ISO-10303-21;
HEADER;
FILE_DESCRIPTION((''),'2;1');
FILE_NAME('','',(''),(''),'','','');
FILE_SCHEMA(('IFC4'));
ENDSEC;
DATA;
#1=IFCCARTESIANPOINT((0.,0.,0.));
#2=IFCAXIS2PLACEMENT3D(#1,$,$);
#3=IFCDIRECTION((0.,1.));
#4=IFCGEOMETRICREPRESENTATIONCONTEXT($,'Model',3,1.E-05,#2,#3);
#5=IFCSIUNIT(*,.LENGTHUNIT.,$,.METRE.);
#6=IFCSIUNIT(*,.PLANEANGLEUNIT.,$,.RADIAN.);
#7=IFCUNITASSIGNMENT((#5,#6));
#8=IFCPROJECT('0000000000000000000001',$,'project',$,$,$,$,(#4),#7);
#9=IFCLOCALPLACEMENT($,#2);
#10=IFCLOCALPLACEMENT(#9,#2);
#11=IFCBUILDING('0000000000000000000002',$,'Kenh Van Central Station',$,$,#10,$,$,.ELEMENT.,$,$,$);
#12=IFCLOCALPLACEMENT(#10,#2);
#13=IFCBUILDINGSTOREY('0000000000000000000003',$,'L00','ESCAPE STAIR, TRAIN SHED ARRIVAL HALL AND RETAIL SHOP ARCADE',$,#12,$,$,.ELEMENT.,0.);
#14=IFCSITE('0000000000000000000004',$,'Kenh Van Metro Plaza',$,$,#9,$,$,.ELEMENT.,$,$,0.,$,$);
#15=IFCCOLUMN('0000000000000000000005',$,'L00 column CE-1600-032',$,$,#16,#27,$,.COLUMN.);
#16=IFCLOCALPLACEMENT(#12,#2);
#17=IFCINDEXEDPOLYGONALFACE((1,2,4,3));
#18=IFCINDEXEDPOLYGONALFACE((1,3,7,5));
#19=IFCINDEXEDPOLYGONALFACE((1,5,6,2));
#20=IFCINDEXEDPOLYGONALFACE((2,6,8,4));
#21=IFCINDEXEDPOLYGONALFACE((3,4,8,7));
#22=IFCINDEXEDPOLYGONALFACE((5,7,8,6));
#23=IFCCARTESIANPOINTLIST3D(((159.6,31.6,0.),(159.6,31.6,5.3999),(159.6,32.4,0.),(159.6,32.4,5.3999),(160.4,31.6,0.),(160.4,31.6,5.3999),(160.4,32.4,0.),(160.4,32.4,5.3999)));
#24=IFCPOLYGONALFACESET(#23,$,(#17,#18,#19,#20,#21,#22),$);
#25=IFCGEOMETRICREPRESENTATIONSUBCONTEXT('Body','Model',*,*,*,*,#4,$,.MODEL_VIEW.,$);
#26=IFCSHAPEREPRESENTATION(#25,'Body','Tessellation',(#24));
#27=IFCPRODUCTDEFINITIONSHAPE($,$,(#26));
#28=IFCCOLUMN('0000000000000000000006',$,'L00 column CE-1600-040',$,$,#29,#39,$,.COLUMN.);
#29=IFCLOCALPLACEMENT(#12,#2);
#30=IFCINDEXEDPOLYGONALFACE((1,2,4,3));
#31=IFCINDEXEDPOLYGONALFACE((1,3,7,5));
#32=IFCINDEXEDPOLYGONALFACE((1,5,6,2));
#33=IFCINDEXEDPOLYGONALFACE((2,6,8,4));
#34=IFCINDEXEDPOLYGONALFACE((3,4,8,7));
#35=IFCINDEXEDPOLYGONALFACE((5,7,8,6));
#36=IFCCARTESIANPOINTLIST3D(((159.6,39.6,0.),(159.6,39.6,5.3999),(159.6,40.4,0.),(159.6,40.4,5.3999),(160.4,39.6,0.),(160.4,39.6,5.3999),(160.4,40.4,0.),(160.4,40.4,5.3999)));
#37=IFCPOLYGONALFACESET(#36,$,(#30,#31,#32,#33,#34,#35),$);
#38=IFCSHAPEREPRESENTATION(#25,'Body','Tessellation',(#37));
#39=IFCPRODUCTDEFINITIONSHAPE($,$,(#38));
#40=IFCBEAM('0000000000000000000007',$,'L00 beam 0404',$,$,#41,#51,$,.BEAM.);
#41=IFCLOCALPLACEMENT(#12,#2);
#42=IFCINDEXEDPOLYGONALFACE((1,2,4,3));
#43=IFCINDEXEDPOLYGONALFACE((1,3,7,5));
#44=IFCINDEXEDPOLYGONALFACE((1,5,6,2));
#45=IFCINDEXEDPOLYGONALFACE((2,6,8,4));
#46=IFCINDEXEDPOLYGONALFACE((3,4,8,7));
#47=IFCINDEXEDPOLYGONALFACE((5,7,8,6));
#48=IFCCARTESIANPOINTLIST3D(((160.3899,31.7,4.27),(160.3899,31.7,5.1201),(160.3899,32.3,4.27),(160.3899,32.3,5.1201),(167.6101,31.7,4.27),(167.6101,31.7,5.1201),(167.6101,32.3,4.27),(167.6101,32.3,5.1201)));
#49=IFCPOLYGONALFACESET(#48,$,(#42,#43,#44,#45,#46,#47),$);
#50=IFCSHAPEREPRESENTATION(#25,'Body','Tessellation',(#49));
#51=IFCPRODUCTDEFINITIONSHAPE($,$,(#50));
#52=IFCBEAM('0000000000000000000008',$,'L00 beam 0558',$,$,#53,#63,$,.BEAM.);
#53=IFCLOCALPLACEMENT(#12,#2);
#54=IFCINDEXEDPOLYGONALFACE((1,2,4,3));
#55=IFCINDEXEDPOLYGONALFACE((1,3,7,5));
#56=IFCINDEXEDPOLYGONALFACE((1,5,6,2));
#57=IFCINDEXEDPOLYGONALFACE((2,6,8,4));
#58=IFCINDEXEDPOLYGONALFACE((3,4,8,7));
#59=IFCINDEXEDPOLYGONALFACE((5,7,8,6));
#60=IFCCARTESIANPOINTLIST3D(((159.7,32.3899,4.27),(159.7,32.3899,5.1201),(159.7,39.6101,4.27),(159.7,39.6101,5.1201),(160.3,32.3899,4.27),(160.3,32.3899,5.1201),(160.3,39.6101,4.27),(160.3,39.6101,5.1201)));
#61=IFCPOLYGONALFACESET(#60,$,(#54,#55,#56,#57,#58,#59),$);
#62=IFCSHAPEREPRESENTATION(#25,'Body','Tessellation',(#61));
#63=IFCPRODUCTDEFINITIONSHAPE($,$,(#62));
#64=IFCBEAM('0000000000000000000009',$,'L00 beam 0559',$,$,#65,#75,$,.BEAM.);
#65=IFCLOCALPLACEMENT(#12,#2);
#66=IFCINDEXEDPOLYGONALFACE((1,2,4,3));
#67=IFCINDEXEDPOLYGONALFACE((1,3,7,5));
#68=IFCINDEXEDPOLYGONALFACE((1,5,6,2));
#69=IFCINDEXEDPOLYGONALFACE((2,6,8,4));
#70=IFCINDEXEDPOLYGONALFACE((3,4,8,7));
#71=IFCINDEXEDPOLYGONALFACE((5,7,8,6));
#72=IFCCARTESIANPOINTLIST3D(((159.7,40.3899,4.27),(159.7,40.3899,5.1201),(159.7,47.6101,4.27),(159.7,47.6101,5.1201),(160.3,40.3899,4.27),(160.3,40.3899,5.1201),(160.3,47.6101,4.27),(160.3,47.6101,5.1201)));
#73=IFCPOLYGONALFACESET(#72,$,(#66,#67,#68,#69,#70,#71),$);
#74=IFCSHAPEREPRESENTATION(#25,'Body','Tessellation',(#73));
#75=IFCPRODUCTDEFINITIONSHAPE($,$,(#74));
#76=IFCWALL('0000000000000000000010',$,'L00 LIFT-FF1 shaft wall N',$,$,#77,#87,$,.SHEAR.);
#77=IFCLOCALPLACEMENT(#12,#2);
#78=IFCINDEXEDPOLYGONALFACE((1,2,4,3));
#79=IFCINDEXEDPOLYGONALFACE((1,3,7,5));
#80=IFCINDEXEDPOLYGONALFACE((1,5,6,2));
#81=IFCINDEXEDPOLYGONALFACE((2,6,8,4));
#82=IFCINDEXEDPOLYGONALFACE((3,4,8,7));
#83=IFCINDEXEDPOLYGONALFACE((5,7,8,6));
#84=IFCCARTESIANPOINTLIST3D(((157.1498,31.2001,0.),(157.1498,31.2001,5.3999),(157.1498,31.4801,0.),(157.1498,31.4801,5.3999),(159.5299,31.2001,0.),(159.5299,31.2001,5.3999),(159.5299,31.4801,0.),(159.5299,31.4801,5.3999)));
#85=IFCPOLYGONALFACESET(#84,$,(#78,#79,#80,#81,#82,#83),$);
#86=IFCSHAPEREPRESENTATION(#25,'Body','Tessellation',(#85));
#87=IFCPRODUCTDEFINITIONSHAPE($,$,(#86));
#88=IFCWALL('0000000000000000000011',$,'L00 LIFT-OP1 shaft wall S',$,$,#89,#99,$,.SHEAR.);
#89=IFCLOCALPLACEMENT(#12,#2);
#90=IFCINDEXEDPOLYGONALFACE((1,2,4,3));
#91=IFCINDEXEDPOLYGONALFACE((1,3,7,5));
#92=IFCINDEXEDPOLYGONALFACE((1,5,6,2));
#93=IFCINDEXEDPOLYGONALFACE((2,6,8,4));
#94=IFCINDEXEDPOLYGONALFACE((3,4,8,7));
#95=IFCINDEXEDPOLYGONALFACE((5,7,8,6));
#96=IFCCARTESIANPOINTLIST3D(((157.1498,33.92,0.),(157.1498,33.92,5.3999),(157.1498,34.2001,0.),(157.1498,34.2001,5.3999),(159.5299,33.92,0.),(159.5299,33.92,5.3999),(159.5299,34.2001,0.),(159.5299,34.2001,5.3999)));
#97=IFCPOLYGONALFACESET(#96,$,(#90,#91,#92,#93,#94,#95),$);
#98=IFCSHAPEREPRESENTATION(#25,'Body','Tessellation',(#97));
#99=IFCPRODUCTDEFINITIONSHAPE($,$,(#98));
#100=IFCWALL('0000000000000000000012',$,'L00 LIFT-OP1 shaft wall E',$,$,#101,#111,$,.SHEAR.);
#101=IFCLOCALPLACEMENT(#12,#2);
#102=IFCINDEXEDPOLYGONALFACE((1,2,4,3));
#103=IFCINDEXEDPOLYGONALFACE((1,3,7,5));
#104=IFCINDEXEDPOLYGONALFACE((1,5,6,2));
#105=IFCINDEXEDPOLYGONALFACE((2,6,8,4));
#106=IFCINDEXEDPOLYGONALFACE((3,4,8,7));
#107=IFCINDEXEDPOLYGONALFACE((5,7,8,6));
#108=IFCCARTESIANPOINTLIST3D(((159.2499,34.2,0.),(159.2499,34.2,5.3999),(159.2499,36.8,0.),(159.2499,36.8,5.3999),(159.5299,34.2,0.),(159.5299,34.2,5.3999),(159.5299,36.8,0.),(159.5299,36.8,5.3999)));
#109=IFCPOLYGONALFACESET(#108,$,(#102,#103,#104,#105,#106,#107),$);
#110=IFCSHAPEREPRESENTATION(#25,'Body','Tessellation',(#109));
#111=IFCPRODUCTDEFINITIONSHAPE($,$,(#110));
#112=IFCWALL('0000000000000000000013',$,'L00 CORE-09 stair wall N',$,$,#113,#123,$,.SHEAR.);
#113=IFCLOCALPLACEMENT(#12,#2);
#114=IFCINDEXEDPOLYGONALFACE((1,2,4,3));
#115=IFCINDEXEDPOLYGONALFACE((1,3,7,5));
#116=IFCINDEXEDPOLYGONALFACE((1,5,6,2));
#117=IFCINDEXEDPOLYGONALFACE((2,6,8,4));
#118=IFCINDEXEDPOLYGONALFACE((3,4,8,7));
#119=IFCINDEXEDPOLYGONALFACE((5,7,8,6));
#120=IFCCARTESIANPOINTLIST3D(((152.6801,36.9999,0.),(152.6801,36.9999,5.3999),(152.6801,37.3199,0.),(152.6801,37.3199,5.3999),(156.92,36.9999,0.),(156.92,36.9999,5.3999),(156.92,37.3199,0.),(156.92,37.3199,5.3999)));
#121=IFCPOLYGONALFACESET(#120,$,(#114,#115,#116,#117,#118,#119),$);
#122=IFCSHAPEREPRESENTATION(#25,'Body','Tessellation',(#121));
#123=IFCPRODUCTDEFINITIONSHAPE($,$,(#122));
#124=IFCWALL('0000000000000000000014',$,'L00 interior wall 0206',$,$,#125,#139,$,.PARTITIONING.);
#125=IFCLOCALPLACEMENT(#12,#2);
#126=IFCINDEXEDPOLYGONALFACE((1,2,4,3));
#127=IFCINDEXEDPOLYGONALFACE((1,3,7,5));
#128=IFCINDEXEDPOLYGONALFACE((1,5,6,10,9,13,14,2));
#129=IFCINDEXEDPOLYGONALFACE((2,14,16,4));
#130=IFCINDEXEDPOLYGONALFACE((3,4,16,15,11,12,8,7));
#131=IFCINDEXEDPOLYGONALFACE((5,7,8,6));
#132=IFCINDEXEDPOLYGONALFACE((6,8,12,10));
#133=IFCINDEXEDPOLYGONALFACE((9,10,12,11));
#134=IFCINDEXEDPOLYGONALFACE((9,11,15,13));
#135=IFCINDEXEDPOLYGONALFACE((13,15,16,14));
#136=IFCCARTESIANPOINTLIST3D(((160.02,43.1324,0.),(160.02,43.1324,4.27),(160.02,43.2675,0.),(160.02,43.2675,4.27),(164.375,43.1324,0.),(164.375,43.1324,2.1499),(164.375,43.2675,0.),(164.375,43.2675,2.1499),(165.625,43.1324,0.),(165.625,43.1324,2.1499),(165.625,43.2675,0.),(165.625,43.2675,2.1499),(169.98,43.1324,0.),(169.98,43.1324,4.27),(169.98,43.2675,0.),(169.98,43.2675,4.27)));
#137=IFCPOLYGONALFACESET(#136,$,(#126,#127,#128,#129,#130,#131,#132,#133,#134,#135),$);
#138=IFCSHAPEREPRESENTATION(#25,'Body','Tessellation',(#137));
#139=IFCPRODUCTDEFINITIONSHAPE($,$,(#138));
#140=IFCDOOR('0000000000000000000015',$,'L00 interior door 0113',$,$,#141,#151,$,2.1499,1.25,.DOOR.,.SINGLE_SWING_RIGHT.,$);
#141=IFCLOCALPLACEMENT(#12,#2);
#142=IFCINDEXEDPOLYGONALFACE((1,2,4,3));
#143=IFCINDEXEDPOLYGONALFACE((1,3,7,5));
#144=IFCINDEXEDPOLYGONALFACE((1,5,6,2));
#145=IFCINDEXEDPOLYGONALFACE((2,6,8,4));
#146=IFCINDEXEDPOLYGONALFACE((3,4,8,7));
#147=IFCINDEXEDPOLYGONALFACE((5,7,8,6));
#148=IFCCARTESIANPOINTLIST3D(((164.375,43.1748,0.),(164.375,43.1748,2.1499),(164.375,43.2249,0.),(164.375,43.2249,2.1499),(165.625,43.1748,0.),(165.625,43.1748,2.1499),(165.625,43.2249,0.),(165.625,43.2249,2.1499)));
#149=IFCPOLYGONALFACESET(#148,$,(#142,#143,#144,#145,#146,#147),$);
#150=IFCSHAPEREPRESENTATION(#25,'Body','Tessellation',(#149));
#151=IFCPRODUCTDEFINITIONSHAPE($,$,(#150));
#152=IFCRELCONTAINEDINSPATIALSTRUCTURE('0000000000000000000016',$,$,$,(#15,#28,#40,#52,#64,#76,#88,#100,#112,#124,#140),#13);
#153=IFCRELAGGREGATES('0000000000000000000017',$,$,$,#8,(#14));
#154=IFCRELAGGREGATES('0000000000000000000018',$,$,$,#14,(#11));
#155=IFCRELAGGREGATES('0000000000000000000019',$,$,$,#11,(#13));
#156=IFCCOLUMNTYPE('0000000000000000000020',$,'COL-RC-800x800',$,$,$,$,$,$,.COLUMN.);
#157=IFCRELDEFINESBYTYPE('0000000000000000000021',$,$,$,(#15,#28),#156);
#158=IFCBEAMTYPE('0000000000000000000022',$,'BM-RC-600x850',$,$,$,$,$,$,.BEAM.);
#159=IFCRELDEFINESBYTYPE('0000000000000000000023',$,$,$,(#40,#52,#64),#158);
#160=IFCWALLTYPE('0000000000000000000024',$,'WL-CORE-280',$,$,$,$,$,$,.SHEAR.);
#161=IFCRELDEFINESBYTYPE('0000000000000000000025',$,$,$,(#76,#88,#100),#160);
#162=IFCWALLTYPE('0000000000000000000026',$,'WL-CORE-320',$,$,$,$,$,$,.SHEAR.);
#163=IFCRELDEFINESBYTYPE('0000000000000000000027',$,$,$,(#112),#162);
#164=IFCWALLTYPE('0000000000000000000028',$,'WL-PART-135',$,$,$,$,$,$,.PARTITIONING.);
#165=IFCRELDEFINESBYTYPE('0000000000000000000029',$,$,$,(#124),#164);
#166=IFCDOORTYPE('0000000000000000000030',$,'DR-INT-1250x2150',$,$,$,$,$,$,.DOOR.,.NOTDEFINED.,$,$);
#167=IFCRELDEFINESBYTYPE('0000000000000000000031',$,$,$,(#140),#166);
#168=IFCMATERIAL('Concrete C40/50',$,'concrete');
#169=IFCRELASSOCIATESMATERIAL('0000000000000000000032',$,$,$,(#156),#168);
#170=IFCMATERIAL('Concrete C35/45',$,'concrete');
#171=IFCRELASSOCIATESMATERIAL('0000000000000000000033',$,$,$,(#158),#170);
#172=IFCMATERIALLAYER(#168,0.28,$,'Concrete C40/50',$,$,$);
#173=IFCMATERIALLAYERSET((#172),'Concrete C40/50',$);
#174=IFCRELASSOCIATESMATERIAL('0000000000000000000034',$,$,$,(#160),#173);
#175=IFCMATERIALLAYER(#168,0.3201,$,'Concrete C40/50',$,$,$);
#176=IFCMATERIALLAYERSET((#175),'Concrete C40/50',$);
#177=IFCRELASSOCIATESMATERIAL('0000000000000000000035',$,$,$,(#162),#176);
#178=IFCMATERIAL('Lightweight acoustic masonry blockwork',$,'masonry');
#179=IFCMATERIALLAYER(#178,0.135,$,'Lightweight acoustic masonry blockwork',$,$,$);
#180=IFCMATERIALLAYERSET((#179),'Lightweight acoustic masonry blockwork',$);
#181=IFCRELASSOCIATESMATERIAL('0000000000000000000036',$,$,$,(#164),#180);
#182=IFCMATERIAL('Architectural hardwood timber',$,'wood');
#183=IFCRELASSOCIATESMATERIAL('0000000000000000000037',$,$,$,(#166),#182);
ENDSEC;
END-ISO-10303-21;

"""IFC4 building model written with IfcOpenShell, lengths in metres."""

from ifc_helpers import new_model, si_unit, direction, frame, frame_2d, origin, origin_2d, place, context, subcontext, project, spatial, rectangle, extrude, material, layer, layer_set, material_profile, profile_set, type_object, element, fill, save


model = new_model("IFC4")

# Units and contexts
model_context = context("Model", 3, precision=1e-05, world=origin(), true_north=direction((0.0, 1.0)))
body_context = subcontext(model_context, "Body", "Model", "MODEL_VIEW")
ifc_project = project(units=[si_unit("LENGTHUNIT", "METRE"), si_unit("PLANEANGLEUNIT", "RADIAN")], contexts=[model_context])

# Site, building, storey
site_placement = place(None, origin())
site = spatial("IfcSite", under=ifc_project, at=site_placement, Name="Kenh Van Metro Plaza", CompositionType="ELEMENT", RefElevation=0.0)
building_placement = place(site_placement, origin())
building = spatial("IfcBuilding", under=site, at=building_placement, Name="Kenh Van Central Station", CompositionType="ELEMENT")
storey_placement = place(building_placement, origin())
storey = spatial("IfcBuildingStorey", under=building, at=storey_placement, Name="L00", Description="ESCAPE STAIR, TRAIN SHED ARRIVAL HALL AND RETAIL SHOP ARCADE", CompositionType="ELEMENT", Elevation=0.0)

# Columns
ifc_material_1 = material(Name="Concrete C40/50", Category="concrete")
ifc_material_profile_1 = material_profile(ifc_material_1, rectangle(XDim=0.8, YDim=0.8, at=origin_2d()), Name="RC 800x800")
ifc_profile_set_1 = profile_set([ifc_material_profile_1], Name="Concrete C40/50")
column_type = type_object("IfcColumnType", Name="COL-RC-800x800", PredefinedType="COLUMN", material=ifc_profile_set_1)
for number, where, z_axis, x_axis, name in (
    (1, (160.0, 32.0, 0.0), (0.0, 0.0, 1.0), (1.0, 0.0, 0.0), "L00 column CE-1600-032"),
    (2, (160.0, 40.0, 0.0), (0.0, 0.0, 1.0), (1.0, 0.0, 0.0), "L00 column CE-1600-040"),
):
    element("IfcColumn", number, at=place(storey_placement, frame(where, z_axis=z_axis, x_axis=x_axis)), inside=storey, type_object=column_type, Name=name, PredefinedType="COLUMN", context=body_context, shape_type="SweptSolid", body=[
        extrude(rectangle(XDim=0.8, YDim=0.8, at=origin_2d()), origin(), (0.0, 0.0, 1.0), 5.3999),
    ])

# Beams
ifc_material_2 = material(Name="Concrete C35/45", Category="concrete")
ifc_material_profile_2 = material_profile(ifc_material_2, rectangle(XDim=0.6001, YDim=0.8501, at=origin_2d()), Name="RC 600x850")
ifc_profile_set_2 = profile_set([ifc_material_profile_2], Name="Concrete C35/45")
beam_type = type_object("IfcBeamType", Name="BM-RC-600x850", PredefinedType="BEAM", material=ifc_profile_set_2)
for number, where, z_axis, x_axis, name in (
    (3, (160.3899, 32.0, 4.6951), (1.0, 0.0, 0.0), (0.0, 1.0, 0.0), "L00 beam 0404"),
    (4, (160.0, 32.3899, 4.6951), (0.0, 1.0, 0.0), (-1.0, 0.0, 0.0), "L00 beam 0558"),
    (5, (160.0, 40.3899, 4.6951), (0.0, 1.0, 0.0), (-1.0, 0.0, 0.0), "L00 beam 0559"),
):
    element("IfcBeam", number, at=place(storey_placement, frame(where, z_axis=z_axis, x_axis=x_axis)), inside=storey, type_object=beam_type, Name=name, PredefinedType="BEAM", context=body_context, shape_type="SweptSolid", body=[
        extrude(rectangle(XDim=0.6001, YDim=0.8501, at=origin_2d()), origin(), (0.0, 0.0, 1.0), 7.2202),
    ])

# Walls
ifc_layer_1 = layer(ifc_material_1, 0.28, Name="Concrete C40/50")
ifc_layer_set_1 = layer_set([ifc_layer_1], Name="Concrete C40/50")
wall_type_1 = type_object("IfcWallType", Name="WL-CORE-280", PredefinedType="SHEAR", material=ifc_layer_set_1)
for number, where, z_axis, x_axis, name in (
    (6, (157.1499, 31.3401, 0.0), (0.0, 0.0, 1.0), (1.0, 0.0, 0.0), "L00 LIFT-FF1 shaft wall N"),
    (7, (157.1499, 34.0601, 0.0), (0.0, 0.0, 1.0), (1.0, 0.0, 0.0), "L00 LIFT-OP1 shaft wall S"),
):
    element("IfcWall", number, at=place(storey_placement, frame(where, z_axis=z_axis, x_axis=x_axis)), inside=storey, type_object=wall_type_1, Name=name, PredefinedType="SHEAR", context=body_context, shape_type="SweptSolid", body=[
        extrude(rectangle(XDim=2.3801, YDim=0.28, at=frame_2d((1.1899, 0.0))), origin(), (0.0, 0.0, 1.0), 5.3999),
    ])

# Walls
wall_1_placement = place(storey_placement, frame((159.3899, 34.2, 0.0), z_axis=(0.0, 0.0, 1.0), x_axis=(0.0, 1.0, 0.0)))
element("IfcWall", 8, at=wall_1_placement, inside=storey, type_object=wall_type_1, Name="L00 LIFT-OP1 shaft wall E", PredefinedType="SHEAR", context=body_context, shape_type="SweptSolid", body=[
    extrude(rectangle(XDim=2.6001, YDim=0.28, at=frame_2d((1.3, 0.0))), origin(), (0.0, 0.0, 1.0), 5.3999),
])
ifc_layer_2 = layer(ifc_material_1, 0.3201, Name="Concrete C40/50")
ifc_layer_set_2 = layer_set([ifc_layer_2], Name="Concrete C40/50")
wall_type_2 = type_object("IfcWallType", Name="WL-CORE-320", PredefinedType="SHEAR", material=ifc_layer_set_2)
wall_2_placement = place(storey_placement, frame((152.6799, 37.1599, 0.0), z_axis=(0.0, 0.0, 1.0), x_axis=(1.0, 0.0, 0.0)))
element("IfcWall", 9, at=wall_2_placement, inside=storey, type_object=wall_type_2, Name="L00 CORE-09 stair wall N", PredefinedType="SHEAR", context=body_context, shape_type="SweptSolid", body=[
    extrude(rectangle(XDim=4.24, YDim=0.3201, at=frame_2d((2.1201, 0.0))), origin(), (0.0, 0.0, 1.0), 5.3999),
])

# Wall, opening, door
ifc_material_3 = material(Name="Lightweight acoustic masonry blockwork", Category="masonry")
ifc_layer_3 = layer(ifc_material_3, 0.135, Name="Lightweight acoustic masonry blockwork")
ifc_layer_set_3 = layer_set([ifc_layer_3], Name="Lightweight acoustic masonry blockwork")
wall_type_3 = type_object("IfcWallType", Name="WL-PART-135", PredefinedType="PARTITIONING", material=ifc_layer_set_3)
wall_3_placement = place(storey_placement, frame((160.02, 43.2, 0.0), z_axis=(0.0, 0.0, 1.0), x_axis=(1.0, 0.0, 0.0)))
wall_3 = element("IfcWall", 10, at=wall_3_placement, inside=storey, type_object=wall_type_3, Name="L00 interior wall 0206", PredefinedType="PARTITIONING", context=body_context, shape_type="SweptSolid", body=[
    extrude(rectangle(XDim=9.96, YDim=0.135, at=frame_2d((4.98, 0.0))), origin(), (0.0, 0.0, 1.0), 4.27),
])
opening_1_placement = place(wall_3_placement, frame((4.355, 0.0, 0.0)))
opening_1 = element("IfcOpeningElement", 11, at=opening_1_placement, cuts=wall_3, PredefinedType="OPENING", context=body_context, shape_type="SweptSolid", body=[
    extrude(rectangle(XDim=1.25, YDim=2.1499, at=frame_2d((0.625, 1.075))), frame((0.0, 0.0774, 0.0), z_axis=(0.0, -1.0, 0.0), x_axis=(1.0, 0.0, 0.0)), (0.0, 0.0, 1.0), 0.155),
])
ifc_material_4 = material(Name="Architectural hardwood timber", Category="wood")
door_type_1 = type_object("IfcDoorType", Name="DR-INT-1250x2150", OperationType="NOTDEFINED", PredefinedType="DOOR", material=ifc_material_4)
door_1_placement = place(opening_1_placement, origin())
door_1 = element("IfcDoor", 12, at=door_1_placement, inside=storey, type_object=door_type_1, Name="L00 interior door 0113", OperationType="SINGLE_SWING_RIGHT", OverallHeight=2.1499, OverallWidth=1.25, PredefinedType="DOOR", context=body_context, shape_type="SweptSolid", body=[
    extrude(rectangle(XDim=1.25, YDim=2.1499, at=frame_2d((0.625, 1.075))), frame((0.0, 0.0249, 0.0), z_axis=(0.0, -1.0, 0.0), x_axis=(1.0, 0.0, 0.0)), (0.0, 0.0, 1.0), 0.05),
])
fill(opening_1, door_1)

save(model, "model.ifc")
